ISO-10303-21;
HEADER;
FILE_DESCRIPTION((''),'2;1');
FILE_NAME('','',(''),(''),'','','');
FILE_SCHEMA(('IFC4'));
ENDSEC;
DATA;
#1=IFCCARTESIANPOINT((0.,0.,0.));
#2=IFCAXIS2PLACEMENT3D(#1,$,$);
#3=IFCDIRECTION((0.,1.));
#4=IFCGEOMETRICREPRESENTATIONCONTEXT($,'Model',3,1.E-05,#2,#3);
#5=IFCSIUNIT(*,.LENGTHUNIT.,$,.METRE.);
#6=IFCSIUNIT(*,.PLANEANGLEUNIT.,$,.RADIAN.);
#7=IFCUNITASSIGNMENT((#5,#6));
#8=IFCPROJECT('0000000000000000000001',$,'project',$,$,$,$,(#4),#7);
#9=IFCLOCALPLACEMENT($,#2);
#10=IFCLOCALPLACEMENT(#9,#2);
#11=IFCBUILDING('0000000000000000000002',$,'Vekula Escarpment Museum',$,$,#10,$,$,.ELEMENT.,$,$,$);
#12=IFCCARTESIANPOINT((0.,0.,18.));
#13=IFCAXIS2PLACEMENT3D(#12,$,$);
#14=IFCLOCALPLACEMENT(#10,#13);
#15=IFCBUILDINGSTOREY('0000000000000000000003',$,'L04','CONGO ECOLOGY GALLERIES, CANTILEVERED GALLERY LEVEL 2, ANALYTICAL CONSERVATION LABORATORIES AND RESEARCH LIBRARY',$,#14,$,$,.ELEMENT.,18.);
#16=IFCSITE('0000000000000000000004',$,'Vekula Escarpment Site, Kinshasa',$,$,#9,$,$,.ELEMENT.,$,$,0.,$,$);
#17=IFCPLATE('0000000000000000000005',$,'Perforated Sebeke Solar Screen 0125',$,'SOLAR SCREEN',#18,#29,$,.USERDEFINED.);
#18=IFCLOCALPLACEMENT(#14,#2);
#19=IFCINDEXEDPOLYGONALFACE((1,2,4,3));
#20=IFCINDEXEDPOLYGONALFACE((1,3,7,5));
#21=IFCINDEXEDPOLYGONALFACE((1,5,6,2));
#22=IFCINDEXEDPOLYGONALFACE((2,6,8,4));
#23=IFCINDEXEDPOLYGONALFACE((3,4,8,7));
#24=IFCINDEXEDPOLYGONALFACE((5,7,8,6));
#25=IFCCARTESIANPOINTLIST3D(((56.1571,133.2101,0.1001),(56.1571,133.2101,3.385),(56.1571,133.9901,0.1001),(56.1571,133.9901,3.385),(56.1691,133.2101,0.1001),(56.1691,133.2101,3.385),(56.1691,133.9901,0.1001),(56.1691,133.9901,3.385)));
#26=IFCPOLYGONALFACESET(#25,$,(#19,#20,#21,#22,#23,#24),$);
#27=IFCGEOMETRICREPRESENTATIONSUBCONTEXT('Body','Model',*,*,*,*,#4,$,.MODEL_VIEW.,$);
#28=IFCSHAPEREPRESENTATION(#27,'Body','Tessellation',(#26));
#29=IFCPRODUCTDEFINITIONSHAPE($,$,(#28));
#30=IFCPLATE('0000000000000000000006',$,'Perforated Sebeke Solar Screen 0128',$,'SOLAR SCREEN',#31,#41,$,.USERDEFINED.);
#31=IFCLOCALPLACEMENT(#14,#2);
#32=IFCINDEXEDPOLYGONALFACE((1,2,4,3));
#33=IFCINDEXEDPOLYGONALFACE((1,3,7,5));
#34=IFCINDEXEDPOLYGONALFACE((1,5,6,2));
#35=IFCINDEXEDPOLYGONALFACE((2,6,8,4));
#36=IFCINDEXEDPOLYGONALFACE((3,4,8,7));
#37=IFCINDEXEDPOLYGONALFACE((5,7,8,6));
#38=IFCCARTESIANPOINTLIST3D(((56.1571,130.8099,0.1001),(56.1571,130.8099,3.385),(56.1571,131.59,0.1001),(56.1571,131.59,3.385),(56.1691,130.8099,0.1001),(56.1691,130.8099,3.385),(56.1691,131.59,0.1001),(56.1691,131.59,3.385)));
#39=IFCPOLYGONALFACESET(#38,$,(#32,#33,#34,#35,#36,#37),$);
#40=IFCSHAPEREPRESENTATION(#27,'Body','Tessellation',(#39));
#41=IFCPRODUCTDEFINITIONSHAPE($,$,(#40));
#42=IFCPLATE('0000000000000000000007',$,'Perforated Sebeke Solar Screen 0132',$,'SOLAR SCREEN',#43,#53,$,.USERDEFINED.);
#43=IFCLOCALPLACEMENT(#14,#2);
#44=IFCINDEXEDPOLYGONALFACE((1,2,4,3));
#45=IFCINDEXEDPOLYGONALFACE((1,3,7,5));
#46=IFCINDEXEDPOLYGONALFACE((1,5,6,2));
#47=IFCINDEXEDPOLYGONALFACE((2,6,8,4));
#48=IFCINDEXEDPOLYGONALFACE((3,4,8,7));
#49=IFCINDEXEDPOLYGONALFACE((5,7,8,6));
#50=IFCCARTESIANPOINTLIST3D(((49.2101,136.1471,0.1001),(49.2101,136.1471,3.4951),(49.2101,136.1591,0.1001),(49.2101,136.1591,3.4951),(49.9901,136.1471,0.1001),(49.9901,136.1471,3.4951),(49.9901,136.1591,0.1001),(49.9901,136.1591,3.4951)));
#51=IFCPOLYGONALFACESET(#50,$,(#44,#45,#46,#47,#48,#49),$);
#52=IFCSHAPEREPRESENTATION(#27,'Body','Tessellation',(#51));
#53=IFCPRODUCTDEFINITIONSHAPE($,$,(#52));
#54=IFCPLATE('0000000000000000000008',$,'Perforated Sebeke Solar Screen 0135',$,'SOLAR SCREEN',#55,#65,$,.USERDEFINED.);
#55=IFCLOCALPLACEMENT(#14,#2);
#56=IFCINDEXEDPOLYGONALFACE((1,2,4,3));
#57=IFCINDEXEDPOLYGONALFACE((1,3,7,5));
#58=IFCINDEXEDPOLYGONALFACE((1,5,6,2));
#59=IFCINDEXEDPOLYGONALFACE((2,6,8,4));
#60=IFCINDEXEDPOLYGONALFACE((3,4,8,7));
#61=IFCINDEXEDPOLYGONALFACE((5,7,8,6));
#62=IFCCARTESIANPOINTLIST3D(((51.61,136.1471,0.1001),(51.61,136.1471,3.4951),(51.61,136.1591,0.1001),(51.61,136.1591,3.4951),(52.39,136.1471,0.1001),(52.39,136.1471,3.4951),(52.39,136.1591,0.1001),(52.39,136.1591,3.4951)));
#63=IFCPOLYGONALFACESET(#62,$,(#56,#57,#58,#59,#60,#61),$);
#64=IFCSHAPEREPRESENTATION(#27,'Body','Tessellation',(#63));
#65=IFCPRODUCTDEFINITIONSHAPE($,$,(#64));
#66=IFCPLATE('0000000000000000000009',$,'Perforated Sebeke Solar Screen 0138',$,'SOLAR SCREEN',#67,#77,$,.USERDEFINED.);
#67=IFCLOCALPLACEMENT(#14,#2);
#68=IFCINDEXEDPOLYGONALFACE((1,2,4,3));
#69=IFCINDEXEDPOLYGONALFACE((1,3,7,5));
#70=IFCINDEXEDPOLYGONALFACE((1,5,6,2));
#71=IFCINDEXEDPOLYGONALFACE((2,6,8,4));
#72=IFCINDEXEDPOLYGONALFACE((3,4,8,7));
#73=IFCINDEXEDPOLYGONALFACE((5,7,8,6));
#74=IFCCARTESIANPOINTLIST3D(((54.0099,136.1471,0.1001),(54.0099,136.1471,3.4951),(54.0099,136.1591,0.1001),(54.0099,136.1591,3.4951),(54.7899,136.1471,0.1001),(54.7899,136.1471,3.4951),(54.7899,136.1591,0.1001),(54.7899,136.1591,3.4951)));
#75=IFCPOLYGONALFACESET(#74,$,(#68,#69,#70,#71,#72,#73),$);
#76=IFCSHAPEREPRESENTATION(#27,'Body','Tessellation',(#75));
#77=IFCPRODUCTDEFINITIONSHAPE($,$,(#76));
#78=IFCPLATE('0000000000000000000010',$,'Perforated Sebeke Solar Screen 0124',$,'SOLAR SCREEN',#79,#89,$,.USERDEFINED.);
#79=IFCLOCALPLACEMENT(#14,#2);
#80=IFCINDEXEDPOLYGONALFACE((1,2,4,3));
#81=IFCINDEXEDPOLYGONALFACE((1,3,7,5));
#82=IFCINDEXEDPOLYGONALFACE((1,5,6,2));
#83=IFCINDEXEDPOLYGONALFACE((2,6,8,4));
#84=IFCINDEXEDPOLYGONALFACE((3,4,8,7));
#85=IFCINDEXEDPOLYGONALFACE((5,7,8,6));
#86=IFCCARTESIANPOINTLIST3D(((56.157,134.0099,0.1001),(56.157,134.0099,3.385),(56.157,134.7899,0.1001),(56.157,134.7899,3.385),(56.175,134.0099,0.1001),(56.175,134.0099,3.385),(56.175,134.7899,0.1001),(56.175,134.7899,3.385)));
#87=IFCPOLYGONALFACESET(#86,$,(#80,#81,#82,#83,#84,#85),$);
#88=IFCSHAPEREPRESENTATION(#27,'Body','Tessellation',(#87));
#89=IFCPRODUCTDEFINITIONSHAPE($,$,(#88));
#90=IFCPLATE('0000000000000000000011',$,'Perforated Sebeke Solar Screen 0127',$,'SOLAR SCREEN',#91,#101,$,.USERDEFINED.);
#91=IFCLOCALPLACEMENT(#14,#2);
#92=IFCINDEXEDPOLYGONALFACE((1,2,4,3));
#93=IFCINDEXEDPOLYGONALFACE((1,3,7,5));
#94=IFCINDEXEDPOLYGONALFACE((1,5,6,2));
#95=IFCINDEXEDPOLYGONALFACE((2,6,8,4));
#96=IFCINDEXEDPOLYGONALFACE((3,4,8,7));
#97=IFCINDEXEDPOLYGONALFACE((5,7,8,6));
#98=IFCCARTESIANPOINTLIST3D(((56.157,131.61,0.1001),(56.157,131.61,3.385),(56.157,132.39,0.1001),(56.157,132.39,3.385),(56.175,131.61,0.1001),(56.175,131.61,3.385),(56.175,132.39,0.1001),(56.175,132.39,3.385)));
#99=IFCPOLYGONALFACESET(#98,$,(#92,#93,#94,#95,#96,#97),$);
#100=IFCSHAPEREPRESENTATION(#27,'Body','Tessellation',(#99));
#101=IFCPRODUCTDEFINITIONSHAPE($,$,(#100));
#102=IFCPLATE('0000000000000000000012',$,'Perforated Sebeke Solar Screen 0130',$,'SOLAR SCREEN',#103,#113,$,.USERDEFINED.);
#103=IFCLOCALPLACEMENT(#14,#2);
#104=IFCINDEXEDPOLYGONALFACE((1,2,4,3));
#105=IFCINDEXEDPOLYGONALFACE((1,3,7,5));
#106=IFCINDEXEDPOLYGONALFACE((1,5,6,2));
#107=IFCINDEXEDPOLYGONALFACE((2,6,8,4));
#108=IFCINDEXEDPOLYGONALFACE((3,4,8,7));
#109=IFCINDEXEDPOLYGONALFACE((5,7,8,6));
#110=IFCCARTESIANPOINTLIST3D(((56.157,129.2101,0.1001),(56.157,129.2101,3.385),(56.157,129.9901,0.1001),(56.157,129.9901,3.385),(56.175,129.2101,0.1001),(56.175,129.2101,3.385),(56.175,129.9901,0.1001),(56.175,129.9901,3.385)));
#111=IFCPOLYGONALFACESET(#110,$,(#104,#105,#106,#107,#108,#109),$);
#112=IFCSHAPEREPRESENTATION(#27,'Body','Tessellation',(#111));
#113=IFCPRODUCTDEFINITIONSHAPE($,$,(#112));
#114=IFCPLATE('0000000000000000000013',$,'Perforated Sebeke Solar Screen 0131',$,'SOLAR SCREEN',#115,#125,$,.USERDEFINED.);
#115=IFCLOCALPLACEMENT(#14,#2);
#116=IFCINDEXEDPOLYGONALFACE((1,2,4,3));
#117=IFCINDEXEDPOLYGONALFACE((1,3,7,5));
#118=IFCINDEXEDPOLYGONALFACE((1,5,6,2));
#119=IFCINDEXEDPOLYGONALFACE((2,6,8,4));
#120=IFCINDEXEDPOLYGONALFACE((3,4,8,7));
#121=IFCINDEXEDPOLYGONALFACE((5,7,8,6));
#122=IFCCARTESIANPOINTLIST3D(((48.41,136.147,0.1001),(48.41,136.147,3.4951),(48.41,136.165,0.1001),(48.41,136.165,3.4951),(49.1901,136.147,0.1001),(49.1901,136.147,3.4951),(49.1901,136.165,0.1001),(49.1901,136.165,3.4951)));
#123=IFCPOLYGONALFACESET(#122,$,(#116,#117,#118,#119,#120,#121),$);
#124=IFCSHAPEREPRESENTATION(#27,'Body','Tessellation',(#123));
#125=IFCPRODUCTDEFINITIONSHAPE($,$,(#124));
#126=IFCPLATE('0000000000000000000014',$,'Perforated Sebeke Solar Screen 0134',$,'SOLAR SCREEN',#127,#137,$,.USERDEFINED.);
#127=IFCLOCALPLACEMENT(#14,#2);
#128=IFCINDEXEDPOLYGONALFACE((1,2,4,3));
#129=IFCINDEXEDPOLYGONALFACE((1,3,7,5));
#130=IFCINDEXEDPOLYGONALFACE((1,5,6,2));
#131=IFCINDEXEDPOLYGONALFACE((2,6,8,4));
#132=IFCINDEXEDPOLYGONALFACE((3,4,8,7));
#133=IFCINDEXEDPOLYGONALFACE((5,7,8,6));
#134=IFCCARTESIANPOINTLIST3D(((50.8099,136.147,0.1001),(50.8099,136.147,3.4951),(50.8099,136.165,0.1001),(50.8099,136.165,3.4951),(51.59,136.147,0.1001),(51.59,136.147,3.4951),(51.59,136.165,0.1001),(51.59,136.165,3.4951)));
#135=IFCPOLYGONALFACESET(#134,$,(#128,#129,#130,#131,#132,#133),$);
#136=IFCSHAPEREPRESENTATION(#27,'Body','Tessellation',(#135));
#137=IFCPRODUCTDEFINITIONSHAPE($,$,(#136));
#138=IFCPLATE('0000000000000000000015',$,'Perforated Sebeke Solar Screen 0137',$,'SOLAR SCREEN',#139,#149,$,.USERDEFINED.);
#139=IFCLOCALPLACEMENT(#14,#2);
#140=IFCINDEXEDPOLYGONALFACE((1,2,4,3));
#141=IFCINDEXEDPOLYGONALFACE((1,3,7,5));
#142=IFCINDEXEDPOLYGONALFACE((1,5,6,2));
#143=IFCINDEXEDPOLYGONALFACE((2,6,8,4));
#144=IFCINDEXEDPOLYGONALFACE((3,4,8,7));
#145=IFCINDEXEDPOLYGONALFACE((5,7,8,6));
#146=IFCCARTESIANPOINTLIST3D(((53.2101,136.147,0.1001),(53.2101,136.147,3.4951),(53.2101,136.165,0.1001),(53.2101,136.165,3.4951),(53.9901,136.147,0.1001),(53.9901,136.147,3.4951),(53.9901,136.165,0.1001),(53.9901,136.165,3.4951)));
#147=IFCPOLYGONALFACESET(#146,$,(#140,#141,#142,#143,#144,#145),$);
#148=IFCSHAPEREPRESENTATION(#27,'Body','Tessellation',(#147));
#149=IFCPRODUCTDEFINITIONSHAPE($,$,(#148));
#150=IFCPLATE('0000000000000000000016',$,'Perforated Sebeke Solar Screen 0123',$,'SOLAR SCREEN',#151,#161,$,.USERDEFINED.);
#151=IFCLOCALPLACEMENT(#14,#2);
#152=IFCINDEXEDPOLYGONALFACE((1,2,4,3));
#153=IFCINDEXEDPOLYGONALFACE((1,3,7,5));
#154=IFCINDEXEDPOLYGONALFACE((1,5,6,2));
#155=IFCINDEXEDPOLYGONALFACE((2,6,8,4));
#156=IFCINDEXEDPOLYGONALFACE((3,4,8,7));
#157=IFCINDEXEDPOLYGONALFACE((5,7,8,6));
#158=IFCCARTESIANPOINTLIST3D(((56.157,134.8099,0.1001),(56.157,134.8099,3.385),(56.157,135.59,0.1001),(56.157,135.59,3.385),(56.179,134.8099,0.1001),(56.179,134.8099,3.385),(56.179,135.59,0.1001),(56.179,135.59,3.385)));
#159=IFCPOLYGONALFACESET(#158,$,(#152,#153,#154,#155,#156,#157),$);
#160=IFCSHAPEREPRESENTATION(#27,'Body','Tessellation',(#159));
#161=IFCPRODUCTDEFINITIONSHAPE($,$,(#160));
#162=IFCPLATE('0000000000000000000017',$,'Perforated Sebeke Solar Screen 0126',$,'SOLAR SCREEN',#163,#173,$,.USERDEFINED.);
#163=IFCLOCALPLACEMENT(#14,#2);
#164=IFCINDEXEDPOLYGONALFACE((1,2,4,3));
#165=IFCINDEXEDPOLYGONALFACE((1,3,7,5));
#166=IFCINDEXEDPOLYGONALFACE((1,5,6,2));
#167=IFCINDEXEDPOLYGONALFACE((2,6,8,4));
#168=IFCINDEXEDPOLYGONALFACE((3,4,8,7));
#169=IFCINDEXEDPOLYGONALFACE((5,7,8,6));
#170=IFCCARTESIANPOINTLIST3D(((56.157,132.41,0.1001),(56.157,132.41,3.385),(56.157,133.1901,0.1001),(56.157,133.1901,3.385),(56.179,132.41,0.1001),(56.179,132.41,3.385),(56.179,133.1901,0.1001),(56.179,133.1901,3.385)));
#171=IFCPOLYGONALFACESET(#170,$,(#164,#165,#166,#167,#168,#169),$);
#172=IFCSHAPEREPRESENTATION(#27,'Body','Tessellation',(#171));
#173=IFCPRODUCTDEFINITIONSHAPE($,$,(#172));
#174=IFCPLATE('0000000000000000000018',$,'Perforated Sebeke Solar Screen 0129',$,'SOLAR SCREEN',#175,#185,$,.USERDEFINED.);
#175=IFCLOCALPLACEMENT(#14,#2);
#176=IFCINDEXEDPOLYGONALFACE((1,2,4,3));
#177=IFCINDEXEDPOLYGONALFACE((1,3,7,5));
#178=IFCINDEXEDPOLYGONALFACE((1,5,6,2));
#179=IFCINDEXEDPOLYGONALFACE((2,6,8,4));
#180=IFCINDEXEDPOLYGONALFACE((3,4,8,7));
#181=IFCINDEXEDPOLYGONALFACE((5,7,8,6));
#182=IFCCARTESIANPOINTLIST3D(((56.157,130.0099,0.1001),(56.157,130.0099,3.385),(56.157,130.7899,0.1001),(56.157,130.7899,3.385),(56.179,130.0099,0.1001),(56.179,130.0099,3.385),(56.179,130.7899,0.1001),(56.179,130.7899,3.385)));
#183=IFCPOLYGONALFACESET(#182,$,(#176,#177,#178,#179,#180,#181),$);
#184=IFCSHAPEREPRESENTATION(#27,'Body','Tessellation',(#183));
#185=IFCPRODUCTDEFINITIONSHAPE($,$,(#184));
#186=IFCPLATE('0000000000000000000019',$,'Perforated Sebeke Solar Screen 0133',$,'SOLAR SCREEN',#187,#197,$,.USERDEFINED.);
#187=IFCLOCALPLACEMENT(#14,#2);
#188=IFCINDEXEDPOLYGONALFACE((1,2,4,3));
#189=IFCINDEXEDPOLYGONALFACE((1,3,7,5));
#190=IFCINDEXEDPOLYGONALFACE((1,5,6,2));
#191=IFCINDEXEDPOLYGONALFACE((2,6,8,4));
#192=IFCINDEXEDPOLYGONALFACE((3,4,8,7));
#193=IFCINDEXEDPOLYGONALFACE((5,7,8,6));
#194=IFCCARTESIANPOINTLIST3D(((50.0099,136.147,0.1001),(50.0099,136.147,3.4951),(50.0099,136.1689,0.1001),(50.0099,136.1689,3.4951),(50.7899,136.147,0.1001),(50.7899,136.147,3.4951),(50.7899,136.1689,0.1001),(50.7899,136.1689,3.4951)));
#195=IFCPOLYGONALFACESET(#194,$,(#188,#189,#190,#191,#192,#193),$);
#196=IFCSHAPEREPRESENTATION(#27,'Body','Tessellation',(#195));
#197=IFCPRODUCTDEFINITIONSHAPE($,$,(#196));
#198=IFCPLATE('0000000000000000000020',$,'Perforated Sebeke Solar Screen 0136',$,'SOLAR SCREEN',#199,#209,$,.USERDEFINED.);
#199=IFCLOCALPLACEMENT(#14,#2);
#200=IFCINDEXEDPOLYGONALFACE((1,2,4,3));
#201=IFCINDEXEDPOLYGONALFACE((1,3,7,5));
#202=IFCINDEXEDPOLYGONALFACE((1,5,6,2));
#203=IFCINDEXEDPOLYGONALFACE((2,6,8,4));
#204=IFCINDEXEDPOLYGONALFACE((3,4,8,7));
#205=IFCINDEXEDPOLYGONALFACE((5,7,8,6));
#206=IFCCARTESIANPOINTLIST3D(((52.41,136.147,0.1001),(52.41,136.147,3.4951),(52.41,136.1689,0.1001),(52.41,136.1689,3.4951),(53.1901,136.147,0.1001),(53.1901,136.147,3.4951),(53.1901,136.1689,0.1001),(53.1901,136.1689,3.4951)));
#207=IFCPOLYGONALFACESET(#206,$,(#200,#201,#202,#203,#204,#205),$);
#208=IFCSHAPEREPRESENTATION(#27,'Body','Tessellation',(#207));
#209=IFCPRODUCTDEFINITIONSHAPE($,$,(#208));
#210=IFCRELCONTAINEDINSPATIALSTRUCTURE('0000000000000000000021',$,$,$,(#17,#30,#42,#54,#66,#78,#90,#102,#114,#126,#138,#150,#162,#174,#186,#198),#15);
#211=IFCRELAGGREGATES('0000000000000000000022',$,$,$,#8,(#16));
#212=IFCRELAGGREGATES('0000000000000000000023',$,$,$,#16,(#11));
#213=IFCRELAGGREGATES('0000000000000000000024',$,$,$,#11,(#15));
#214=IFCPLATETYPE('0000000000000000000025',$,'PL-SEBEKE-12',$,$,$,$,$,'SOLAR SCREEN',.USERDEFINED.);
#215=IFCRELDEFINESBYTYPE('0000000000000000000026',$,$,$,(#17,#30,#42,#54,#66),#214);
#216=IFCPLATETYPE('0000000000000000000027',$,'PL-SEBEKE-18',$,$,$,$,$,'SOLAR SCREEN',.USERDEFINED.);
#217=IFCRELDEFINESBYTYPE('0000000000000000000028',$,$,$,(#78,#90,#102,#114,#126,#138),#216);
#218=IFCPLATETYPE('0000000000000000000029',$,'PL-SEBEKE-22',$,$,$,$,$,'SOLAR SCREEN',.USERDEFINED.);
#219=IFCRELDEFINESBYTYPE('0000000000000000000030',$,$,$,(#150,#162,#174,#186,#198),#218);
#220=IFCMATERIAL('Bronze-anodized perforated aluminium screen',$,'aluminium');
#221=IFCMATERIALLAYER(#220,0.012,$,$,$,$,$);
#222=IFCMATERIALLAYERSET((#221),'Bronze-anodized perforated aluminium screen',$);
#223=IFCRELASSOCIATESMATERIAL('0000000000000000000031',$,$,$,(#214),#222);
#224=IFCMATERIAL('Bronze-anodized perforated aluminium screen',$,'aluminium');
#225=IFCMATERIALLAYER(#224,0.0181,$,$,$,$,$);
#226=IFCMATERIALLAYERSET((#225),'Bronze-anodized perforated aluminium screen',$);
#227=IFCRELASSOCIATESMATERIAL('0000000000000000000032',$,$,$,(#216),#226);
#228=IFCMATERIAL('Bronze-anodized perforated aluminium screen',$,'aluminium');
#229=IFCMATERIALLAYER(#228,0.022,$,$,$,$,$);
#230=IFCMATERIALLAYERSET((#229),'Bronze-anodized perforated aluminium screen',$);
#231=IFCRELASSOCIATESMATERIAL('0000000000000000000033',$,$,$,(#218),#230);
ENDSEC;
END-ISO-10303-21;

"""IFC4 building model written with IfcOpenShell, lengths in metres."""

from ifc_helpers import new_model, si_unit, direction, frame, origin, origin_2d, place, context, subcontext, project, spatial, rectangle, extrude, material, layer, layer_set, type_object, element, save


model = new_model("IFC4")

# Units and contexts
model_context = context("Model", 3, precision=1e-05, world=origin(), true_north=direction((0.0, 1.0)))
body_context = subcontext(model_context, "Body", "Model", "MODEL_VIEW")
ifc_project = project(units=[si_unit("LENGTHUNIT", "METRE"), si_unit("PLANEANGLEUNIT", "RADIAN")], contexts=[model_context])

# Site, building, storey
site_placement = place(None, origin())
site = spatial("IfcSite", under=ifc_project, at=site_placement, Name="Vekula Escarpment Site, Kinshasa", CompositionType="ELEMENT", RefElevation=0.0)
building_placement = place(site_placement, origin())
building = spatial("IfcBuilding", under=site, at=building_placement, Name="Vekula Escarpment Museum", CompositionType="ELEMENT")
storey_placement = place(building_placement, frame((0.0, 0.0, 18.0)))
storey = spatial("IfcBuildingStorey", under=building, at=storey_placement, Name="L04", Description="CONGO ECOLOGY GALLERIES, CANTILEVERED GALLERY LEVEL 2, ANALYTICAL CONSERVATION LABORATORIES AND RESEARCH LIBRARY", CompositionType="ELEMENT", Elevation=18.0)

# Plates
ifc_material_1 = material(Name="Bronze-anodized perforated aluminium screen", Category="aluminium")
ifc_layer_1 = layer(ifc_material_1, 0.012)
ifc_layer_set_1 = layer_set([ifc_layer_1], Name="Bronze-anodized perforated aluminium screen")
plate_type_1 = type_object("IfcPlateType", Name="PL-SEBEKE-12", ElementType="SOLAR SCREEN", PredefinedType="USERDEFINED", material=ifc_layer_set_1)
for number, where, z_axis, x_axis, name in (
    (1, (56.1631, 133.6001, 0.1001), (0.0, 0.0, 1.0), (0.0, 1.0, 0.0), "Perforated Sebeke Solar Screen 0125"),
    (2, (56.1631, 131.2, 0.1001), (0.0, 0.0, 1.0), (0.0, 1.0, 0.0), "Perforated Sebeke Solar Screen 0128"),
):
    element("IfcPlate", number, at=place(storey_placement, frame(where, z_axis=z_axis, x_axis=x_axis)), inside=storey, type_object=plate_type_1, Name=name, ObjectType="SOLAR SCREEN", PredefinedType="USERDEFINED", context=body_context, shape_type="SweptSolid", body=[
        extrude(rectangle(XDim=0.78, YDim=0.012, at=origin_2d()), origin(), (0.0, 0.0, 1.0), 3.2849),
    ])
for number, where, z_axis, x_axis, name in (
    (3, (49.6001, 136.1531, 0.1001), (0.0, 0.0, 1.0), (1.0, 0.0, 0.0), "Perforated Sebeke Solar Screen 0132"),
    (4, (52.0, 136.1531, 0.1001), (0.0, 0.0, 1.0), (1.0, 0.0, 0.0), "Perforated Sebeke Solar Screen 0135"),
    (5, (54.3999, 136.1531, 0.1001), (0.0, 0.0, 1.0), (1.0, 0.0, 0.0), "Perforated Sebeke Solar Screen 0138"),
):
    element("IfcPlate", number, at=place(storey_placement, frame(where, z_axis=z_axis, x_axis=x_axis)), inside=storey, type_object=plate_type_1, Name=name, ObjectType="SOLAR SCREEN", PredefinedType="USERDEFINED", context=body_context, shape_type="SweptSolid", body=[
        extrude(rectangle(XDim=0.78, YDim=0.012, at=origin_2d()), origin(), (0.0, 0.0, 1.0), 3.395),
    ])
ifc_material_2 = material(Name="Bronze-anodized perforated aluminium screen", Category="aluminium")
ifc_layer_2 = layer(ifc_material_2, 0.0181)
ifc_layer_set_2 = layer_set([ifc_layer_2], Name="Bronze-anodized perforated aluminium screen")
plate_type_2 = type_object("IfcPlateType", Name="PL-SEBEKE-18", ElementType="SOLAR SCREEN", PredefinedType="USERDEFINED", material=ifc_layer_set_2)
for number, where, z_axis, x_axis, name in (
    (6, (56.166, 134.3999, 0.1001), (0.0, 0.0, 1.0), (0.0, 1.0, 0.0), "Perforated Sebeke Solar Screen 0124"),
    (7, (56.166, 132.0, 0.1001), (0.0, 0.0, 1.0), (0.0, 1.0, 0.0), "Perforated Sebeke Solar Screen 0127"),
    (8, (56.166, 129.6001, 0.1001), (0.0, 0.0, 1.0), (0.0, 1.0, 0.0), "Perforated Sebeke Solar Screen 0130"),
):
    element("IfcPlate", number, at=place(storey_placement, frame(where, z_axis=z_axis, x_axis=x_axis)), inside=storey, type_object=plate_type_2, Name=name, ObjectType="SOLAR SCREEN", PredefinedType="USERDEFINED", context=body_context, shape_type="SweptSolid", body=[
        extrude(rectangle(XDim=0.78, YDim=0.0181, at=origin_2d()), origin(), (0.0, 0.0, 1.0), 3.2849),
    ])
for number, where, z_axis, x_axis, name in (
    (9, (48.8, 136.156, 0.1001), (0.0, 0.0, 1.0), (1.0, 0.0, 0.0), "Perforated Sebeke Solar Screen 0131"),
    (10, (51.2, 136.156, 0.1001), (0.0, 0.0, 1.0), (1.0, 0.0, 0.0), "Perforated Sebeke Solar Screen 0134"),
    (11, (53.6001, 136.156, 0.1001), (0.0, 0.0, 1.0), (1.0, 0.0, 0.0), "Perforated Sebeke Solar Screen 0137"),
):
    element("IfcPlate", number, at=place(storey_placement, frame(where, z_axis=z_axis, x_axis=x_axis)), inside=storey, type_object=plate_type_2, Name=name, ObjectType="SOLAR SCREEN", PredefinedType="USERDEFINED", context=body_context, shape_type="SweptSolid", body=[
        extrude(rectangle(XDim=0.78, YDim=0.0181, at=origin_2d()), origin(), (0.0, 0.0, 1.0), 3.395),
    ])
ifc_material_3 = material(Name="Bronze-anodized perforated aluminium screen", Category="aluminium")
ifc_layer_3 = layer(ifc_material_3, 0.022)
ifc_layer_set_3 = layer_set([ifc_layer_3], Name="Bronze-anodized perforated aluminium screen")
plate_type_3 = type_object("IfcPlateType", Name="PL-SEBEKE-22", ElementType="SOLAR SCREEN", PredefinedType="USERDEFINED", material=ifc_layer_set_3)
for number, where, z_axis, x_axis, name in (
    (12, (56.168, 135.2, 0.1001), (0.0, 0.0, 1.0), (0.0, 1.0, 0.0), "Perforated Sebeke Solar Screen 0123"),
    (13, (56.168, 132.8, 0.1001), (0.0, 0.0, 1.0), (0.0, 1.0, 0.0), "Perforated Sebeke Solar Screen 0126"),
    (14, (56.168, 130.3999, 0.1001), (0.0, 0.0, 1.0), (0.0, 1.0, 0.0), "Perforated Sebeke Solar Screen 0129"),
):
    element("IfcPlate", number, at=place(storey_placement, frame(where, z_axis=z_axis, x_axis=x_axis)), inside=storey, type_object=plate_type_3, Name=name, ObjectType="SOLAR SCREEN", PredefinedType="USERDEFINED", context=body_context, shape_type="SweptSolid", body=[
        extrude(rectangle(XDim=0.78, YDim=0.022, at=origin_2d()), origin(), (0.0, 0.0, 1.0), 3.2849),
    ])
for number, where, z_axis, x_axis, name in (
    (15, (50.3999, 136.158, 0.1001), (0.0, 0.0, 1.0), (1.0, 0.0, 0.0), "Perforated Sebeke Solar Screen 0133"),
    (16, (52.8, 136.158, 0.1001), (0.0, 0.0, 1.0), (1.0, 0.0, 0.0), "Perforated Sebeke Solar Screen 0136"),
):
    element("IfcPlate", number, at=place(storey_placement, frame(where, z_axis=z_axis, x_axis=x_axis)), inside=storey, type_object=plate_type_3, Name=name, ObjectType="SOLAR SCREEN", PredefinedType="USERDEFINED", context=body_context, shape_type="SweptSolid", body=[
        extrude(rectangle(XDim=0.78, YDim=0.022, at=origin_2d()), origin(), (0.0, 0.0, 1.0), 3.395),
    ])

save(model, "model.ifc")
